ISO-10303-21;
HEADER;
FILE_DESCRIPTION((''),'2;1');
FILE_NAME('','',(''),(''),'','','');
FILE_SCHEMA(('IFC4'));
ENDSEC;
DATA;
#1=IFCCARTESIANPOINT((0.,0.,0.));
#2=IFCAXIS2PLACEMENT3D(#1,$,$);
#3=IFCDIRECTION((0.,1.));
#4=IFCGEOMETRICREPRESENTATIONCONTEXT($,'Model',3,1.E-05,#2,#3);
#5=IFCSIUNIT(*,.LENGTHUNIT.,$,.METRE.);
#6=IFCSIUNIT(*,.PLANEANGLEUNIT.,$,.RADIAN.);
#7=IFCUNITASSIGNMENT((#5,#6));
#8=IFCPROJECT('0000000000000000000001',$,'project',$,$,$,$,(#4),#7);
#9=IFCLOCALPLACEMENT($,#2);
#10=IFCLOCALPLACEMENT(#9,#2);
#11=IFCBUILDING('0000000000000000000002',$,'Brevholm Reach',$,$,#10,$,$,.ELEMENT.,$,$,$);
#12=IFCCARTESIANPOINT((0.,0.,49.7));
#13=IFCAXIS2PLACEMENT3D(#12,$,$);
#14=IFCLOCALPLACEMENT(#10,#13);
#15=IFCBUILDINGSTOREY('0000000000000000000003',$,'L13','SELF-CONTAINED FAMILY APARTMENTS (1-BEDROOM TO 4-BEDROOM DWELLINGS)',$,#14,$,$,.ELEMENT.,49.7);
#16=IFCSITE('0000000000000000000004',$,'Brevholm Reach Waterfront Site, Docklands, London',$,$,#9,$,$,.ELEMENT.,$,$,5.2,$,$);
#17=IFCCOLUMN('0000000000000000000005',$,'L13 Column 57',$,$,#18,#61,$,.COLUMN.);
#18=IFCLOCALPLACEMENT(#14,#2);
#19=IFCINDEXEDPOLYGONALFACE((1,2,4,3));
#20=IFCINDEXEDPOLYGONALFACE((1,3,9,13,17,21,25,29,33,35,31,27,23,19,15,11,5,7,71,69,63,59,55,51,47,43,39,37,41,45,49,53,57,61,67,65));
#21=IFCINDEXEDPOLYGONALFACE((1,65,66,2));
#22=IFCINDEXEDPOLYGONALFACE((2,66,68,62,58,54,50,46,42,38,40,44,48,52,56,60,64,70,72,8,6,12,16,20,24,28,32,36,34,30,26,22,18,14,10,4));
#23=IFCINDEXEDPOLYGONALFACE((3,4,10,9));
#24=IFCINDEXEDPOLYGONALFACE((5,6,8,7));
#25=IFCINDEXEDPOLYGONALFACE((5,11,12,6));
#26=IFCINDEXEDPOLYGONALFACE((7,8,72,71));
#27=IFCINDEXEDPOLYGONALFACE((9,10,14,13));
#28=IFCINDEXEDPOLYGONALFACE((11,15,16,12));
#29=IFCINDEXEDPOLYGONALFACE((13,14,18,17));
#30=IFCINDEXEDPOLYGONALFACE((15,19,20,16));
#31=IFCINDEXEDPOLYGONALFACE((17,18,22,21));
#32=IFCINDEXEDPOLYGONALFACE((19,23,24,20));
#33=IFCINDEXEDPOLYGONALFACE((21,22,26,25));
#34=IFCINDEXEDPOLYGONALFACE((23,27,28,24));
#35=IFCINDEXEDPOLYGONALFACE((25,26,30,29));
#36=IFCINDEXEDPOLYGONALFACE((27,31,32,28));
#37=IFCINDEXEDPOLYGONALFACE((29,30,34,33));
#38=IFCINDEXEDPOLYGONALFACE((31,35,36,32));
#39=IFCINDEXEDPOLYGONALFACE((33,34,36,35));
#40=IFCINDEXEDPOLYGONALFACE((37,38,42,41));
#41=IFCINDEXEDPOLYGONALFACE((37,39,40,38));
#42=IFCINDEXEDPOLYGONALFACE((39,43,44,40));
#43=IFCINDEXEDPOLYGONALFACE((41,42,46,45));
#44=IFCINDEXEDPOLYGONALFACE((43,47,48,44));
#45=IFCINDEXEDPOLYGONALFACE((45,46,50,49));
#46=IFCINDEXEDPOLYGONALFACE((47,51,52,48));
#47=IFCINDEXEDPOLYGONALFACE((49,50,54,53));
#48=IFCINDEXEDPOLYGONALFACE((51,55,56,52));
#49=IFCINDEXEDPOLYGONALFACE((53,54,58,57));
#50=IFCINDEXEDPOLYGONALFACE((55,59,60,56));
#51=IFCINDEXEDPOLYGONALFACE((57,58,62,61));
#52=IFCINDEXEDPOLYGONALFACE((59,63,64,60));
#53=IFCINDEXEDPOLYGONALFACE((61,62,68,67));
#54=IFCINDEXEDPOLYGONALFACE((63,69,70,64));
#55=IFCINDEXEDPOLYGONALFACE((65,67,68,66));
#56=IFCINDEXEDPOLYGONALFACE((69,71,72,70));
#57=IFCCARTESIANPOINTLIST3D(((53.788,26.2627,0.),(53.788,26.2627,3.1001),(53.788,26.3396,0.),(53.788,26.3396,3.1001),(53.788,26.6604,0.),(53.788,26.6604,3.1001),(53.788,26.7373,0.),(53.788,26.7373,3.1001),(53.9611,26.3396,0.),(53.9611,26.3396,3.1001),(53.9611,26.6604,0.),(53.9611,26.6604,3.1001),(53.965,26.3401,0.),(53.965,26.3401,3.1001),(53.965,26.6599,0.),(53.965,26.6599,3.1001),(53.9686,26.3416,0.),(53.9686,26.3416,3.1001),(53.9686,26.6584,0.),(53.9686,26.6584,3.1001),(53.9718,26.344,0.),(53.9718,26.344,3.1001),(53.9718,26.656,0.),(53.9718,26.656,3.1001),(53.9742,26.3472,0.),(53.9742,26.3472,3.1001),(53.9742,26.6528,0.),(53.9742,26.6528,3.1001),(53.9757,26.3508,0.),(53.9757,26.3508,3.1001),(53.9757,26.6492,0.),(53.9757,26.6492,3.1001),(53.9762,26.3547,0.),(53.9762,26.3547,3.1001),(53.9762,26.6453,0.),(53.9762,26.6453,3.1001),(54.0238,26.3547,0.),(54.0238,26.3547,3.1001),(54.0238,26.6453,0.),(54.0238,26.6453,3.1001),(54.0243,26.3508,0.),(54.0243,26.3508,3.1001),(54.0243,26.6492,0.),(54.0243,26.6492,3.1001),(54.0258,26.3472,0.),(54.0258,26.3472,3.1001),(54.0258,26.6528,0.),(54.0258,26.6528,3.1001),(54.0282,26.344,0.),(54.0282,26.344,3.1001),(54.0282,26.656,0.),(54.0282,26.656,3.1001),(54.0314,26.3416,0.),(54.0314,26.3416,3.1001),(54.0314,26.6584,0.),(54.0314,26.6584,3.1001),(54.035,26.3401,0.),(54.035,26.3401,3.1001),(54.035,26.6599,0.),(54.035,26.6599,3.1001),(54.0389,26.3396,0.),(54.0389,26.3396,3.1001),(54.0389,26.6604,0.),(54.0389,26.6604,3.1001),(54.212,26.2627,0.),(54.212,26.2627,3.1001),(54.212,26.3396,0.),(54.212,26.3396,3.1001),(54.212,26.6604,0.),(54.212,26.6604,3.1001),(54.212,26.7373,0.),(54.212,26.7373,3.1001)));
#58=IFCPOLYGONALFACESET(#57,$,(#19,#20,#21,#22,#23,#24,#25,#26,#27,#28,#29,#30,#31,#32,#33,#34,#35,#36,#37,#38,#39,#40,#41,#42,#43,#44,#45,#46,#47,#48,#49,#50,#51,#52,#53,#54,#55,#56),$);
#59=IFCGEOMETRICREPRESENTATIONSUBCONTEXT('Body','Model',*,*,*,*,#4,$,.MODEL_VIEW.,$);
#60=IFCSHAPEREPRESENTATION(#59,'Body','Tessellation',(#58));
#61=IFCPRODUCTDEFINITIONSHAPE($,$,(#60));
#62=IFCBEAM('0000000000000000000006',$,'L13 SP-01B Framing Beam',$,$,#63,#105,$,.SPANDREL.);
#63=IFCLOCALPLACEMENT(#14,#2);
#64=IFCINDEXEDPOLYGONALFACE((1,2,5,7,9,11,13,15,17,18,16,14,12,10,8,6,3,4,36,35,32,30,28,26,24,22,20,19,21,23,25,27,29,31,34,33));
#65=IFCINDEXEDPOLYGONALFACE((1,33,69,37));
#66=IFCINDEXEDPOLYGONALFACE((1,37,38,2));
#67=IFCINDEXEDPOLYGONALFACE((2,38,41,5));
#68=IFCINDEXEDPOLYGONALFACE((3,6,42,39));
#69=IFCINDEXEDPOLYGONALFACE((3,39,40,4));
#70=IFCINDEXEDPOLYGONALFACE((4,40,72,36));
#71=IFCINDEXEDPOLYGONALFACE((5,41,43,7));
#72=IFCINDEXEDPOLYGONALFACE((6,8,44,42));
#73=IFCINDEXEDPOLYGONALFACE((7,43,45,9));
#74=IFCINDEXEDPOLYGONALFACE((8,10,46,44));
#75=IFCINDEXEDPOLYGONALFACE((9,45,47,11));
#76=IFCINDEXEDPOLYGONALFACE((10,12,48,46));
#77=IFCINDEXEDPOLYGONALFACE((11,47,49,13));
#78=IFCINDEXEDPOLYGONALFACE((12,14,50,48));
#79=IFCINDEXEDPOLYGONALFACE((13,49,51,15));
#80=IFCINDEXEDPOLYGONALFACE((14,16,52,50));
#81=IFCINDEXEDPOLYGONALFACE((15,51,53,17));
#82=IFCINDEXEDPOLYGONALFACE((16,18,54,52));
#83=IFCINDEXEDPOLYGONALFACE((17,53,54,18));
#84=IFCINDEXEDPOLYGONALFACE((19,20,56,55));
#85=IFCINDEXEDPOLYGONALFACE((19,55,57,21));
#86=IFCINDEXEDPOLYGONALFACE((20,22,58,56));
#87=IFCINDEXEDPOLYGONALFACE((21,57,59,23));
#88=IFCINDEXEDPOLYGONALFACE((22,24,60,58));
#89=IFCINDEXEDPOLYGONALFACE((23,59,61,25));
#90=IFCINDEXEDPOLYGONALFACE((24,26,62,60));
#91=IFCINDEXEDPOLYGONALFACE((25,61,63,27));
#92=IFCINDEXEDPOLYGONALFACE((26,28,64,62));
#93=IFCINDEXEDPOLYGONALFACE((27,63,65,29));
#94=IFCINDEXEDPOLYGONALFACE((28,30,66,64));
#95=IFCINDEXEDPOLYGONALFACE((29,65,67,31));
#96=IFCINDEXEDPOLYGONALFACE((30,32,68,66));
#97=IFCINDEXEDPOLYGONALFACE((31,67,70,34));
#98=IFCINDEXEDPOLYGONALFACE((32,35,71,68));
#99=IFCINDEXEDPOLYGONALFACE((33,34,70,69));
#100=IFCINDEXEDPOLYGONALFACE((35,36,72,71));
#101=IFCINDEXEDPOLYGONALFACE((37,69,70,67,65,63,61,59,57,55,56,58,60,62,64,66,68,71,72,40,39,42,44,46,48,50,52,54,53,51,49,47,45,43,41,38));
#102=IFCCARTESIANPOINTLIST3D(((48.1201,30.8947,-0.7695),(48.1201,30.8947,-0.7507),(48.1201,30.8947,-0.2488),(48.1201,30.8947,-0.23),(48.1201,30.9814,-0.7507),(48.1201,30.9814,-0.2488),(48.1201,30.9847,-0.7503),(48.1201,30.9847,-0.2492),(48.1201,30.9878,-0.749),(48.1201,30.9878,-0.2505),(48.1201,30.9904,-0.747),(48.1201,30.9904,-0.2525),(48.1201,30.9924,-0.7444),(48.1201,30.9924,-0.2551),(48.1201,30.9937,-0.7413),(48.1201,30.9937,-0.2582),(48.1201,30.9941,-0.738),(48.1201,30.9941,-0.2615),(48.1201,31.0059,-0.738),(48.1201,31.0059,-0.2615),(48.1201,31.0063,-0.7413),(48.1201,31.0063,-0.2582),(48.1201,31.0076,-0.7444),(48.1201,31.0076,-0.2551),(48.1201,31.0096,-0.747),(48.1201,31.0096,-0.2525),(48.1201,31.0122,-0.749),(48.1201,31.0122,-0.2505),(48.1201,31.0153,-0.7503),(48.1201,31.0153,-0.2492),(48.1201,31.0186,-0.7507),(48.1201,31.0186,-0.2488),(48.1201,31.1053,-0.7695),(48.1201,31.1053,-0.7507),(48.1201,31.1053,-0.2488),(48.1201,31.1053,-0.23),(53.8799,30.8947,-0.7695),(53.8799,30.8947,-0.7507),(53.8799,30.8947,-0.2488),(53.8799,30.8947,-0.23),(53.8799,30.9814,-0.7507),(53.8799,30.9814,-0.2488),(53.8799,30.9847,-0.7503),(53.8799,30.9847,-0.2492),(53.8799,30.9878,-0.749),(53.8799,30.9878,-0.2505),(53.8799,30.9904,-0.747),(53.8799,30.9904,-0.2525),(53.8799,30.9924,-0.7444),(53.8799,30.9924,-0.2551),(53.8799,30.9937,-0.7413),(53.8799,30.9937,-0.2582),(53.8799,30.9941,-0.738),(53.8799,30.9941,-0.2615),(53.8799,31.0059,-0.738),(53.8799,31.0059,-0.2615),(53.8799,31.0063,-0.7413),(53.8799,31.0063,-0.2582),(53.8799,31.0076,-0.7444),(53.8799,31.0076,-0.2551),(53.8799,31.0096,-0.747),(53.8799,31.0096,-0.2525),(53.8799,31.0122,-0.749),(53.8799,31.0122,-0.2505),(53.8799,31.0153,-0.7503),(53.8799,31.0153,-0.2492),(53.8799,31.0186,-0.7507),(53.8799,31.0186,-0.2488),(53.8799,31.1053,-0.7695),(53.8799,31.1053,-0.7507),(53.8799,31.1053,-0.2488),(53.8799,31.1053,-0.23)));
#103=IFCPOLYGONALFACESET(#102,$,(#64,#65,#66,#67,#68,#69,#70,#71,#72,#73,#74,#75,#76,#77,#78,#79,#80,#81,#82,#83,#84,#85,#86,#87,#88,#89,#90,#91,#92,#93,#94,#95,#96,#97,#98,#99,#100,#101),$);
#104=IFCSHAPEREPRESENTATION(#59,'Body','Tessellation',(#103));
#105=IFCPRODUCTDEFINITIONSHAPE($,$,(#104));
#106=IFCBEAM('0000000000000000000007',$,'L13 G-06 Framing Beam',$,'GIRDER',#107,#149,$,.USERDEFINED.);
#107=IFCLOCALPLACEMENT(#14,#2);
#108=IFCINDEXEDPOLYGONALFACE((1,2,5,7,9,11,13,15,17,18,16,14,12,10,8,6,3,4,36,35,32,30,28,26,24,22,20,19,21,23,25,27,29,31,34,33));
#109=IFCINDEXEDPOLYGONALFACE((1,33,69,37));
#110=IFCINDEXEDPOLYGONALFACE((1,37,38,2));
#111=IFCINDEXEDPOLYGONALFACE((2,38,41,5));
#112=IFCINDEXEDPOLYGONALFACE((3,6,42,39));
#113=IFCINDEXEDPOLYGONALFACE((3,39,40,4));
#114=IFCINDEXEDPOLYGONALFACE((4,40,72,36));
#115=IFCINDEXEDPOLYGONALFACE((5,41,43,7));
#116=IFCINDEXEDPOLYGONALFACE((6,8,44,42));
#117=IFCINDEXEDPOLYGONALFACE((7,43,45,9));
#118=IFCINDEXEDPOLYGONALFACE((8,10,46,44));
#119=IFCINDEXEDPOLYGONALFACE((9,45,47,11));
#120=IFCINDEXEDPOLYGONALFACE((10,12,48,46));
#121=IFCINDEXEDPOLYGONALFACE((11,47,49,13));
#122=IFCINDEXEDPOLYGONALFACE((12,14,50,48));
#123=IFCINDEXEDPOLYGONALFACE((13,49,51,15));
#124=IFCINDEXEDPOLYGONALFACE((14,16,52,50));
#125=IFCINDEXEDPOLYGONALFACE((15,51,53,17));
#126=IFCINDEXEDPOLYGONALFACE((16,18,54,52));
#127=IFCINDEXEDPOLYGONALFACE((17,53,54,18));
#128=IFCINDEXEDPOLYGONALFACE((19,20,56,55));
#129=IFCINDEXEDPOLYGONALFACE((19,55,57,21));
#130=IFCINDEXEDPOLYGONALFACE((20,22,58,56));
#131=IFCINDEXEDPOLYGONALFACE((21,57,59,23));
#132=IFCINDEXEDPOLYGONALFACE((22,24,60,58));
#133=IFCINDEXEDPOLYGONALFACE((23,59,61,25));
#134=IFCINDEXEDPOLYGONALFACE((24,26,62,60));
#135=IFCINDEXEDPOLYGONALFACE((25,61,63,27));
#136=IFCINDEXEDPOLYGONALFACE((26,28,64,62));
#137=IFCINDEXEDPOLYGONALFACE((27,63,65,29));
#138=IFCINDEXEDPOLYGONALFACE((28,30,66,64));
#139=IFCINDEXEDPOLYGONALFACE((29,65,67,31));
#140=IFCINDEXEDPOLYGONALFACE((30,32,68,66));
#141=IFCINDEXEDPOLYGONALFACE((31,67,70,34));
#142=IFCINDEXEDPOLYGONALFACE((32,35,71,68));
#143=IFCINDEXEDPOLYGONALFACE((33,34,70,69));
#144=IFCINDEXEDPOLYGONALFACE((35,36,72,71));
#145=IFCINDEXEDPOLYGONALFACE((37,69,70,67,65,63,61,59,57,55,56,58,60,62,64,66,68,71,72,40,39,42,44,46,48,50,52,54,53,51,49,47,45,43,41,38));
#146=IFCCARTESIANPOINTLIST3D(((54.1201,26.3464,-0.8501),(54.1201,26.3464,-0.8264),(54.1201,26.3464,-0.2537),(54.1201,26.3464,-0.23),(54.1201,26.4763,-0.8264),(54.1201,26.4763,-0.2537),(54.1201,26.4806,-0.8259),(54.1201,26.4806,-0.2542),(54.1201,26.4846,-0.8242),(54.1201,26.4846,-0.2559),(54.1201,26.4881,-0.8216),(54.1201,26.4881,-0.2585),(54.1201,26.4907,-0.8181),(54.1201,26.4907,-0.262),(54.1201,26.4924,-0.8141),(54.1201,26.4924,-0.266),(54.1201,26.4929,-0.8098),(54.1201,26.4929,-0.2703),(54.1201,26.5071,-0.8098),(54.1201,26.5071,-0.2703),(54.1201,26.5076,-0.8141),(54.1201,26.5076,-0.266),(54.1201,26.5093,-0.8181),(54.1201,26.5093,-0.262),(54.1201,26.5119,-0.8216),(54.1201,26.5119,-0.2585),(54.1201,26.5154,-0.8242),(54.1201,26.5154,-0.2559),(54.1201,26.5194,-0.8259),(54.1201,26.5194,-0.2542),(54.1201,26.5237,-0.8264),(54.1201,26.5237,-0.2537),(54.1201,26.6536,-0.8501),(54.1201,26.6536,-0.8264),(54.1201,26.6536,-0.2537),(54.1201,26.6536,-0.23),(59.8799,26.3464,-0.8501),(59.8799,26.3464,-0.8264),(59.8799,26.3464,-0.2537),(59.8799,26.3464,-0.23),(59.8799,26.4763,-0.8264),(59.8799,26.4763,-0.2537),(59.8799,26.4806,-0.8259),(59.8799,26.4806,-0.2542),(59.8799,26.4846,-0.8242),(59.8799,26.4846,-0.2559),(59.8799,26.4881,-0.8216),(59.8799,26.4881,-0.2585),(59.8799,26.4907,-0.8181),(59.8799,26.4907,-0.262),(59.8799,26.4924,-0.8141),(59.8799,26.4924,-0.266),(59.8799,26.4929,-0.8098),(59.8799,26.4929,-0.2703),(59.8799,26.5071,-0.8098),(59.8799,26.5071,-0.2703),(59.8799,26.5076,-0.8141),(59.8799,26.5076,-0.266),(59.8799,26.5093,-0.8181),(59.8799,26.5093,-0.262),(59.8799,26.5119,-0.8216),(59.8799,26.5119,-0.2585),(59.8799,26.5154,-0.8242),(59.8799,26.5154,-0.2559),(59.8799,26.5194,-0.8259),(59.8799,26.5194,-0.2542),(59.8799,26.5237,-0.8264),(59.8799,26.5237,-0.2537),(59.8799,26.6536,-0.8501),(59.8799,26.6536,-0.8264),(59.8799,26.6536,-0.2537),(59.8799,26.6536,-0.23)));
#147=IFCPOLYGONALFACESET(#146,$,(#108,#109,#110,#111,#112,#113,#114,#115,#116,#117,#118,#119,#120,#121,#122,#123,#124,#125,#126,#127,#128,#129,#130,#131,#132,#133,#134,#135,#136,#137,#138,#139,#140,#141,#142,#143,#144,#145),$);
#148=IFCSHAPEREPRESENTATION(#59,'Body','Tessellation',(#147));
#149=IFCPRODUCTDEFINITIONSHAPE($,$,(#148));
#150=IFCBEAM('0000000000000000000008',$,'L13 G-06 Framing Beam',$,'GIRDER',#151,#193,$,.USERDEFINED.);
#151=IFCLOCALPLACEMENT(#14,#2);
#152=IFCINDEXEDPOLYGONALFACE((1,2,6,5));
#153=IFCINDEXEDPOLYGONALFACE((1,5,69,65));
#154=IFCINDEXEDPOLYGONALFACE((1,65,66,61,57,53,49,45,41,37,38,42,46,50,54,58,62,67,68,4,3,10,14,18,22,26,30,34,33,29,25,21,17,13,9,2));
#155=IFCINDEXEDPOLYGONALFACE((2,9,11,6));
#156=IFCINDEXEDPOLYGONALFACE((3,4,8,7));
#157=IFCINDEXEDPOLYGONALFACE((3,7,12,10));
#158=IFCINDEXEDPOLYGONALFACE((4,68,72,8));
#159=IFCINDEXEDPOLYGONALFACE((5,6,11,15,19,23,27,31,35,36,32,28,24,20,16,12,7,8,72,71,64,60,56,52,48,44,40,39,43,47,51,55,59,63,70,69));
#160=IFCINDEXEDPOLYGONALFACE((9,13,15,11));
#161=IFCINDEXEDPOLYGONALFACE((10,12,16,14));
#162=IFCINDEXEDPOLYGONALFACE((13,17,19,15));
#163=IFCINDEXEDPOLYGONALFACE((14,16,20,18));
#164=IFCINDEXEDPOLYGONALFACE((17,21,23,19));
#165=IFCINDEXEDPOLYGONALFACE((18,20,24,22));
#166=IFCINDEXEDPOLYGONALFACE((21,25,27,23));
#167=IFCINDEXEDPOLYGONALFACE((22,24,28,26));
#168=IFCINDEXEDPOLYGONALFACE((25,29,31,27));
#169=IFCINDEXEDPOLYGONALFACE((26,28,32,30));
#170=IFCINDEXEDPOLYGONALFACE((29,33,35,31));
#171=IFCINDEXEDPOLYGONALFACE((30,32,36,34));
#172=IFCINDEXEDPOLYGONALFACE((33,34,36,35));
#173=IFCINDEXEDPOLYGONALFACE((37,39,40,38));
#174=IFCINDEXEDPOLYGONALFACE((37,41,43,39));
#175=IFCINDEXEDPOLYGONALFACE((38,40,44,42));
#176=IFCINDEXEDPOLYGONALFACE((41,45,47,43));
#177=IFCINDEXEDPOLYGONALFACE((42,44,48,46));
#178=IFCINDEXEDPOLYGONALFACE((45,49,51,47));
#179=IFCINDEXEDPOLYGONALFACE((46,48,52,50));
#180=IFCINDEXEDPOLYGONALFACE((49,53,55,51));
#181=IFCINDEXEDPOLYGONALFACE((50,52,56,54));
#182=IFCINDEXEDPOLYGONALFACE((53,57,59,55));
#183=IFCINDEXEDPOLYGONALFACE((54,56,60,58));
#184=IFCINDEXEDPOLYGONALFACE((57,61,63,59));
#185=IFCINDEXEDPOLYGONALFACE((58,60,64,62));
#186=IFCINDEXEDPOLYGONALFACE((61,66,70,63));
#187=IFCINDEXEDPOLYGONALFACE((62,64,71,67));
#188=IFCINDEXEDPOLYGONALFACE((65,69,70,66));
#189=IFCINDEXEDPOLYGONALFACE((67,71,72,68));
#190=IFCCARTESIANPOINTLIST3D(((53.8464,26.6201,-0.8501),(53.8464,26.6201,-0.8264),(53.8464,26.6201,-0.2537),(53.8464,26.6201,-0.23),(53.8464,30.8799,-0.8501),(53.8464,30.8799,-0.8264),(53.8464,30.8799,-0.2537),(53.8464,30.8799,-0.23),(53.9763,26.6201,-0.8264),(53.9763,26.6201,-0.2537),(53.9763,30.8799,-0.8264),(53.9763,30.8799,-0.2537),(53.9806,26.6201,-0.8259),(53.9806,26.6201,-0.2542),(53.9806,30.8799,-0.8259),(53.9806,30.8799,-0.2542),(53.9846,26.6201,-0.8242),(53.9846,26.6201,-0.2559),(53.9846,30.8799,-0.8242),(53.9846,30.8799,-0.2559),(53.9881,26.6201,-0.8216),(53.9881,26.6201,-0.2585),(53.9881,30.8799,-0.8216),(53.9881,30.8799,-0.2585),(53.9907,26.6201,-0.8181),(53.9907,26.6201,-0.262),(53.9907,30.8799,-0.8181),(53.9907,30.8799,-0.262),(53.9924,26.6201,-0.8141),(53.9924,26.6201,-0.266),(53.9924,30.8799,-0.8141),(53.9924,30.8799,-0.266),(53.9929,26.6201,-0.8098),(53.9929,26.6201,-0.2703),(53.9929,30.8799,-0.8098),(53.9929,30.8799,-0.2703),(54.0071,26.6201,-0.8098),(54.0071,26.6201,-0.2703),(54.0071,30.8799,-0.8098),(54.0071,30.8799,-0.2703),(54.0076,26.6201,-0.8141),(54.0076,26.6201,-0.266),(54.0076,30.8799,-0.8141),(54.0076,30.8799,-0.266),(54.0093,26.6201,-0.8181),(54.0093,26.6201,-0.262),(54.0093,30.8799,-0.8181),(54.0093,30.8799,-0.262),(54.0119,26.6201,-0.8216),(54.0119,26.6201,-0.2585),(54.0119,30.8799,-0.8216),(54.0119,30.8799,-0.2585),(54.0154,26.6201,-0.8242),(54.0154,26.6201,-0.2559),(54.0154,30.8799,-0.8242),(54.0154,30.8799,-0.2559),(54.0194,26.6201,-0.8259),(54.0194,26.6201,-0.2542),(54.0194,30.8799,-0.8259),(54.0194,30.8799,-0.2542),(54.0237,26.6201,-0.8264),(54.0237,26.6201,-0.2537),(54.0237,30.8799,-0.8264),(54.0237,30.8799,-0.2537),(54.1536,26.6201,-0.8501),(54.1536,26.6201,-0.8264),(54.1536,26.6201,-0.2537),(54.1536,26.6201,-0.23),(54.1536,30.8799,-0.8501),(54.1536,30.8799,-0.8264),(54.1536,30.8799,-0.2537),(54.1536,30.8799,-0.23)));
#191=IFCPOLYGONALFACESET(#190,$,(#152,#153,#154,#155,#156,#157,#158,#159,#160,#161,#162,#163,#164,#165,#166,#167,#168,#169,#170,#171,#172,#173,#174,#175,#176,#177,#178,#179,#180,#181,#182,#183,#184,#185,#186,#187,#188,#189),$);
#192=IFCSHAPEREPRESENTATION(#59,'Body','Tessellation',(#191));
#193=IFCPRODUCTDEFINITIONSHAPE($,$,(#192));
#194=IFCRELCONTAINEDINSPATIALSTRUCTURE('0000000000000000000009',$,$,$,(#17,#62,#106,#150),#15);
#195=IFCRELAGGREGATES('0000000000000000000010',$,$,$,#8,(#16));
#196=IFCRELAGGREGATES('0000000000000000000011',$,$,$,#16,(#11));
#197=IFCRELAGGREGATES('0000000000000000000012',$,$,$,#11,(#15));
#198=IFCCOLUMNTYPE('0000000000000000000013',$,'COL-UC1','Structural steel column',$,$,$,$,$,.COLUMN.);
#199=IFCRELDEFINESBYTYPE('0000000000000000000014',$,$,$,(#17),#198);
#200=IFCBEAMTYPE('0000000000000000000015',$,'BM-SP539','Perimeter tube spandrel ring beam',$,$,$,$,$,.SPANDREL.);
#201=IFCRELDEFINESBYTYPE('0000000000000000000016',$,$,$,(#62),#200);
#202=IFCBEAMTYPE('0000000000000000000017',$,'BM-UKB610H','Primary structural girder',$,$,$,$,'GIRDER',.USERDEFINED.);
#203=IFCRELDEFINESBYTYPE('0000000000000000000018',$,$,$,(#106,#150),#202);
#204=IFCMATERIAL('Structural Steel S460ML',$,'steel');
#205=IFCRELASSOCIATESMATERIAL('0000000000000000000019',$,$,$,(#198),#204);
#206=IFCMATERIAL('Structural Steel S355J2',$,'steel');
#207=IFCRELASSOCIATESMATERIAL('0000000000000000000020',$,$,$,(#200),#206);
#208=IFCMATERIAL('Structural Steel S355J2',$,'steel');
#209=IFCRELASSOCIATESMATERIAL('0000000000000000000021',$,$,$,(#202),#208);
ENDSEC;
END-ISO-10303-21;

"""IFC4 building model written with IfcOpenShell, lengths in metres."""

from ifc_helpers import new_model, si_unit, direction, frame, origin, origin_2d, place, context, subcontext, project, spatial, i_section, extrude, material, material_profile, profile_set, type_object, element, save


model = new_model("IFC4")

# Units and contexts
model_context = context("Model", 3, precision=1e-05, world=origin(), true_north=direction((0.0, 1.0)))
body_context = subcontext(model_context, "Body", "Model", "MODEL_VIEW")
ifc_project = project(units=[si_unit("LENGTHUNIT", "METRE"), si_unit("PLANEANGLEUNIT", "RADIAN")], contexts=[model_context])

# Site, building, storey
site_placement = place(None, origin())
site = spatial("IfcSite", under=ifc_project, at=site_placement, Name="Brevholm Reach Waterfront Site, Docklands, London", CompositionType="ELEMENT", RefElevation=5.2)
building_placement = place(site_placement, origin())
building = spatial("IfcBuilding", under=site, at=building_placement, Name="Brevholm Reach", CompositionType="ELEMENT")
storey_placement = place(building_placement, frame((0.0, 0.0, 49.7)))
storey = spatial("IfcBuildingStorey", under=building, at=storey_placement, Name="L13", Description="SELF-CONTAINED FAMILY APARTMENTS (1-BEDROOM TO 4-BEDROOM DWELLINGS)", CompositionType="ELEMENT", Elevation=49.7)

# Column
ifc_material_1 = material(Name="Structural Steel S460ML", Category="steel")
ifc_material_profile_1 = material_profile(ifc_material_1, i_section(OverallWidth=0.4241, OverallDepth=0.4746, WebThickness=0.0476, FlangeThickness=0.0769, FilletRadius=0.0151, at=origin_2d()), Name="UKC 356x406x634")
ifc_profile_set_1 = profile_set([ifc_material_profile_1], Name="Structural Steel S460ML")
column_type_1 = type_object("IfcColumnType", Name="COL-UC1", Description="Structural steel column", PredefinedType="COLUMN", material=ifc_profile_set_1)
column_1_placement = place(storey_placement, frame((54.0, 26.5, 0.0), z_axis=(0.0, 0.0, 1.0), x_axis=(1.0, 0.0, 0.0)))
element("IfcColumn", 1, at=column_1_placement, inside=storey, type_object=column_type_1, Name="L13 Column 57", PredefinedType="COLUMN", context=body_context, shape_type="SweptSolid", body=[
    extrude(i_section(OverallWidth=0.4241, OverallDepth=0.4746, WebThickness=0.0476, FlangeThickness=0.0769, FilletRadius=0.0151, at=origin_2d()), origin(), (0.0, 0.0, 1.0), 3.1001),
])

# Beams
ifc_material_2 = material(Name="Structural Steel S355J2", Category="steel")
ifc_material_profile_2 = material_profile(ifc_material_2, i_section(OverallWidth=0.2107, OverallDepth=0.5396, WebThickness=0.0117, FlangeThickness=0.0188, FilletRadius=0.0127, at=origin_2d()), Name="UKB 533x210x109")
ifc_profile_set_2 = profile_set([ifc_material_profile_2], Name="Structural Steel S355J2")
beam_type_1 = type_object("IfcBeamType", Name="BM-SP539", Description="Perimeter tube spandrel ring beam", PredefinedType="SPANDREL", material=ifc_profile_set_2)
beam_1_placement = place(storey_placement, frame((48.1201, 31.0, -0.4998), z_axis=(1.0, 0.0, 0.0), x_axis=(0.0, 1.0, 0.0)))
element("IfcBeam", 2, at=beam_1_placement, inside=storey, type_object=beam_type_1, Name="L13 SP-01B Framing Beam", PredefinedType="SPANDREL", context=body_context, shape_type="SweptSolid", body=[
    extrude(i_section(OverallWidth=0.2107, OverallDepth=0.5396, WebThickness=0.0117, FlangeThickness=0.0188, FilletRadius=0.0127, at=origin_2d()), origin(), (0.0, 0.0, 1.0), 5.7598),
])
ifc_material_3 = material(Name="Structural Steel S355J2", Category="steel")
ifc_material_profile_3 = material_profile(ifc_material_3, i_section(OverallWidth=0.3071, OverallDepth=0.6201, WebThickness=0.0142, FlangeThickness=0.0237, FilletRadius=0.0166, at=origin_2d()), Name="UKB 610x305x179")
ifc_profile_set_3 = profile_set([ifc_material_profile_3], Name="Structural Steel S355J2")
beam_type_2 = type_object("IfcBeamType", Name="BM-UKB610H", Description="Primary structural girder", ElementType="GIRDER", PredefinedType="USERDEFINED", material=ifc_profile_set_3)
beam_2_placement = place(storey_placement, frame((54.1201, 26.5, -0.54), z_axis=(1.0, 0.0, 0.0), x_axis=(0.0, 1.0, 0.0)))
element("IfcBeam", 3, at=beam_2_placement, inside=storey, type_object=beam_type_2, Name="L13 G-06 Framing Beam", ObjectType="GIRDER", PredefinedType="USERDEFINED", context=body_context, shape_type="SweptSolid", body=[
    extrude(i_section(OverallWidth=0.3071, OverallDepth=0.6201, WebThickness=0.0142, FlangeThickness=0.0237, FilletRadius=0.0166, at=origin_2d()), origin(), (0.0, 0.0, 1.0), 5.7598),
])
beam_3_placement = place(storey_placement, frame((54.0, 26.6201, -0.54), z_axis=(0.0, 1.0, 0.0), x_axis=(-1.0, 0.0, 0.0)))
element("IfcBeam", 4, at=beam_3_placement, inside=storey, type_object=beam_type_2, Name="L13 G-06 Framing Beam", ObjectType="GIRDER", PredefinedType="USERDEFINED", context=body_context, shape_type="SweptSolid", body=[
    extrude(i_section(OverallWidth=0.3071, OverallDepth=0.6201, WebThickness=0.0142, FlangeThickness=0.0237, FilletRadius=0.0166, at=origin_2d()), origin(), (0.0, 0.0, 1.0), 4.2598),
])

save(model, "model.ifc")
